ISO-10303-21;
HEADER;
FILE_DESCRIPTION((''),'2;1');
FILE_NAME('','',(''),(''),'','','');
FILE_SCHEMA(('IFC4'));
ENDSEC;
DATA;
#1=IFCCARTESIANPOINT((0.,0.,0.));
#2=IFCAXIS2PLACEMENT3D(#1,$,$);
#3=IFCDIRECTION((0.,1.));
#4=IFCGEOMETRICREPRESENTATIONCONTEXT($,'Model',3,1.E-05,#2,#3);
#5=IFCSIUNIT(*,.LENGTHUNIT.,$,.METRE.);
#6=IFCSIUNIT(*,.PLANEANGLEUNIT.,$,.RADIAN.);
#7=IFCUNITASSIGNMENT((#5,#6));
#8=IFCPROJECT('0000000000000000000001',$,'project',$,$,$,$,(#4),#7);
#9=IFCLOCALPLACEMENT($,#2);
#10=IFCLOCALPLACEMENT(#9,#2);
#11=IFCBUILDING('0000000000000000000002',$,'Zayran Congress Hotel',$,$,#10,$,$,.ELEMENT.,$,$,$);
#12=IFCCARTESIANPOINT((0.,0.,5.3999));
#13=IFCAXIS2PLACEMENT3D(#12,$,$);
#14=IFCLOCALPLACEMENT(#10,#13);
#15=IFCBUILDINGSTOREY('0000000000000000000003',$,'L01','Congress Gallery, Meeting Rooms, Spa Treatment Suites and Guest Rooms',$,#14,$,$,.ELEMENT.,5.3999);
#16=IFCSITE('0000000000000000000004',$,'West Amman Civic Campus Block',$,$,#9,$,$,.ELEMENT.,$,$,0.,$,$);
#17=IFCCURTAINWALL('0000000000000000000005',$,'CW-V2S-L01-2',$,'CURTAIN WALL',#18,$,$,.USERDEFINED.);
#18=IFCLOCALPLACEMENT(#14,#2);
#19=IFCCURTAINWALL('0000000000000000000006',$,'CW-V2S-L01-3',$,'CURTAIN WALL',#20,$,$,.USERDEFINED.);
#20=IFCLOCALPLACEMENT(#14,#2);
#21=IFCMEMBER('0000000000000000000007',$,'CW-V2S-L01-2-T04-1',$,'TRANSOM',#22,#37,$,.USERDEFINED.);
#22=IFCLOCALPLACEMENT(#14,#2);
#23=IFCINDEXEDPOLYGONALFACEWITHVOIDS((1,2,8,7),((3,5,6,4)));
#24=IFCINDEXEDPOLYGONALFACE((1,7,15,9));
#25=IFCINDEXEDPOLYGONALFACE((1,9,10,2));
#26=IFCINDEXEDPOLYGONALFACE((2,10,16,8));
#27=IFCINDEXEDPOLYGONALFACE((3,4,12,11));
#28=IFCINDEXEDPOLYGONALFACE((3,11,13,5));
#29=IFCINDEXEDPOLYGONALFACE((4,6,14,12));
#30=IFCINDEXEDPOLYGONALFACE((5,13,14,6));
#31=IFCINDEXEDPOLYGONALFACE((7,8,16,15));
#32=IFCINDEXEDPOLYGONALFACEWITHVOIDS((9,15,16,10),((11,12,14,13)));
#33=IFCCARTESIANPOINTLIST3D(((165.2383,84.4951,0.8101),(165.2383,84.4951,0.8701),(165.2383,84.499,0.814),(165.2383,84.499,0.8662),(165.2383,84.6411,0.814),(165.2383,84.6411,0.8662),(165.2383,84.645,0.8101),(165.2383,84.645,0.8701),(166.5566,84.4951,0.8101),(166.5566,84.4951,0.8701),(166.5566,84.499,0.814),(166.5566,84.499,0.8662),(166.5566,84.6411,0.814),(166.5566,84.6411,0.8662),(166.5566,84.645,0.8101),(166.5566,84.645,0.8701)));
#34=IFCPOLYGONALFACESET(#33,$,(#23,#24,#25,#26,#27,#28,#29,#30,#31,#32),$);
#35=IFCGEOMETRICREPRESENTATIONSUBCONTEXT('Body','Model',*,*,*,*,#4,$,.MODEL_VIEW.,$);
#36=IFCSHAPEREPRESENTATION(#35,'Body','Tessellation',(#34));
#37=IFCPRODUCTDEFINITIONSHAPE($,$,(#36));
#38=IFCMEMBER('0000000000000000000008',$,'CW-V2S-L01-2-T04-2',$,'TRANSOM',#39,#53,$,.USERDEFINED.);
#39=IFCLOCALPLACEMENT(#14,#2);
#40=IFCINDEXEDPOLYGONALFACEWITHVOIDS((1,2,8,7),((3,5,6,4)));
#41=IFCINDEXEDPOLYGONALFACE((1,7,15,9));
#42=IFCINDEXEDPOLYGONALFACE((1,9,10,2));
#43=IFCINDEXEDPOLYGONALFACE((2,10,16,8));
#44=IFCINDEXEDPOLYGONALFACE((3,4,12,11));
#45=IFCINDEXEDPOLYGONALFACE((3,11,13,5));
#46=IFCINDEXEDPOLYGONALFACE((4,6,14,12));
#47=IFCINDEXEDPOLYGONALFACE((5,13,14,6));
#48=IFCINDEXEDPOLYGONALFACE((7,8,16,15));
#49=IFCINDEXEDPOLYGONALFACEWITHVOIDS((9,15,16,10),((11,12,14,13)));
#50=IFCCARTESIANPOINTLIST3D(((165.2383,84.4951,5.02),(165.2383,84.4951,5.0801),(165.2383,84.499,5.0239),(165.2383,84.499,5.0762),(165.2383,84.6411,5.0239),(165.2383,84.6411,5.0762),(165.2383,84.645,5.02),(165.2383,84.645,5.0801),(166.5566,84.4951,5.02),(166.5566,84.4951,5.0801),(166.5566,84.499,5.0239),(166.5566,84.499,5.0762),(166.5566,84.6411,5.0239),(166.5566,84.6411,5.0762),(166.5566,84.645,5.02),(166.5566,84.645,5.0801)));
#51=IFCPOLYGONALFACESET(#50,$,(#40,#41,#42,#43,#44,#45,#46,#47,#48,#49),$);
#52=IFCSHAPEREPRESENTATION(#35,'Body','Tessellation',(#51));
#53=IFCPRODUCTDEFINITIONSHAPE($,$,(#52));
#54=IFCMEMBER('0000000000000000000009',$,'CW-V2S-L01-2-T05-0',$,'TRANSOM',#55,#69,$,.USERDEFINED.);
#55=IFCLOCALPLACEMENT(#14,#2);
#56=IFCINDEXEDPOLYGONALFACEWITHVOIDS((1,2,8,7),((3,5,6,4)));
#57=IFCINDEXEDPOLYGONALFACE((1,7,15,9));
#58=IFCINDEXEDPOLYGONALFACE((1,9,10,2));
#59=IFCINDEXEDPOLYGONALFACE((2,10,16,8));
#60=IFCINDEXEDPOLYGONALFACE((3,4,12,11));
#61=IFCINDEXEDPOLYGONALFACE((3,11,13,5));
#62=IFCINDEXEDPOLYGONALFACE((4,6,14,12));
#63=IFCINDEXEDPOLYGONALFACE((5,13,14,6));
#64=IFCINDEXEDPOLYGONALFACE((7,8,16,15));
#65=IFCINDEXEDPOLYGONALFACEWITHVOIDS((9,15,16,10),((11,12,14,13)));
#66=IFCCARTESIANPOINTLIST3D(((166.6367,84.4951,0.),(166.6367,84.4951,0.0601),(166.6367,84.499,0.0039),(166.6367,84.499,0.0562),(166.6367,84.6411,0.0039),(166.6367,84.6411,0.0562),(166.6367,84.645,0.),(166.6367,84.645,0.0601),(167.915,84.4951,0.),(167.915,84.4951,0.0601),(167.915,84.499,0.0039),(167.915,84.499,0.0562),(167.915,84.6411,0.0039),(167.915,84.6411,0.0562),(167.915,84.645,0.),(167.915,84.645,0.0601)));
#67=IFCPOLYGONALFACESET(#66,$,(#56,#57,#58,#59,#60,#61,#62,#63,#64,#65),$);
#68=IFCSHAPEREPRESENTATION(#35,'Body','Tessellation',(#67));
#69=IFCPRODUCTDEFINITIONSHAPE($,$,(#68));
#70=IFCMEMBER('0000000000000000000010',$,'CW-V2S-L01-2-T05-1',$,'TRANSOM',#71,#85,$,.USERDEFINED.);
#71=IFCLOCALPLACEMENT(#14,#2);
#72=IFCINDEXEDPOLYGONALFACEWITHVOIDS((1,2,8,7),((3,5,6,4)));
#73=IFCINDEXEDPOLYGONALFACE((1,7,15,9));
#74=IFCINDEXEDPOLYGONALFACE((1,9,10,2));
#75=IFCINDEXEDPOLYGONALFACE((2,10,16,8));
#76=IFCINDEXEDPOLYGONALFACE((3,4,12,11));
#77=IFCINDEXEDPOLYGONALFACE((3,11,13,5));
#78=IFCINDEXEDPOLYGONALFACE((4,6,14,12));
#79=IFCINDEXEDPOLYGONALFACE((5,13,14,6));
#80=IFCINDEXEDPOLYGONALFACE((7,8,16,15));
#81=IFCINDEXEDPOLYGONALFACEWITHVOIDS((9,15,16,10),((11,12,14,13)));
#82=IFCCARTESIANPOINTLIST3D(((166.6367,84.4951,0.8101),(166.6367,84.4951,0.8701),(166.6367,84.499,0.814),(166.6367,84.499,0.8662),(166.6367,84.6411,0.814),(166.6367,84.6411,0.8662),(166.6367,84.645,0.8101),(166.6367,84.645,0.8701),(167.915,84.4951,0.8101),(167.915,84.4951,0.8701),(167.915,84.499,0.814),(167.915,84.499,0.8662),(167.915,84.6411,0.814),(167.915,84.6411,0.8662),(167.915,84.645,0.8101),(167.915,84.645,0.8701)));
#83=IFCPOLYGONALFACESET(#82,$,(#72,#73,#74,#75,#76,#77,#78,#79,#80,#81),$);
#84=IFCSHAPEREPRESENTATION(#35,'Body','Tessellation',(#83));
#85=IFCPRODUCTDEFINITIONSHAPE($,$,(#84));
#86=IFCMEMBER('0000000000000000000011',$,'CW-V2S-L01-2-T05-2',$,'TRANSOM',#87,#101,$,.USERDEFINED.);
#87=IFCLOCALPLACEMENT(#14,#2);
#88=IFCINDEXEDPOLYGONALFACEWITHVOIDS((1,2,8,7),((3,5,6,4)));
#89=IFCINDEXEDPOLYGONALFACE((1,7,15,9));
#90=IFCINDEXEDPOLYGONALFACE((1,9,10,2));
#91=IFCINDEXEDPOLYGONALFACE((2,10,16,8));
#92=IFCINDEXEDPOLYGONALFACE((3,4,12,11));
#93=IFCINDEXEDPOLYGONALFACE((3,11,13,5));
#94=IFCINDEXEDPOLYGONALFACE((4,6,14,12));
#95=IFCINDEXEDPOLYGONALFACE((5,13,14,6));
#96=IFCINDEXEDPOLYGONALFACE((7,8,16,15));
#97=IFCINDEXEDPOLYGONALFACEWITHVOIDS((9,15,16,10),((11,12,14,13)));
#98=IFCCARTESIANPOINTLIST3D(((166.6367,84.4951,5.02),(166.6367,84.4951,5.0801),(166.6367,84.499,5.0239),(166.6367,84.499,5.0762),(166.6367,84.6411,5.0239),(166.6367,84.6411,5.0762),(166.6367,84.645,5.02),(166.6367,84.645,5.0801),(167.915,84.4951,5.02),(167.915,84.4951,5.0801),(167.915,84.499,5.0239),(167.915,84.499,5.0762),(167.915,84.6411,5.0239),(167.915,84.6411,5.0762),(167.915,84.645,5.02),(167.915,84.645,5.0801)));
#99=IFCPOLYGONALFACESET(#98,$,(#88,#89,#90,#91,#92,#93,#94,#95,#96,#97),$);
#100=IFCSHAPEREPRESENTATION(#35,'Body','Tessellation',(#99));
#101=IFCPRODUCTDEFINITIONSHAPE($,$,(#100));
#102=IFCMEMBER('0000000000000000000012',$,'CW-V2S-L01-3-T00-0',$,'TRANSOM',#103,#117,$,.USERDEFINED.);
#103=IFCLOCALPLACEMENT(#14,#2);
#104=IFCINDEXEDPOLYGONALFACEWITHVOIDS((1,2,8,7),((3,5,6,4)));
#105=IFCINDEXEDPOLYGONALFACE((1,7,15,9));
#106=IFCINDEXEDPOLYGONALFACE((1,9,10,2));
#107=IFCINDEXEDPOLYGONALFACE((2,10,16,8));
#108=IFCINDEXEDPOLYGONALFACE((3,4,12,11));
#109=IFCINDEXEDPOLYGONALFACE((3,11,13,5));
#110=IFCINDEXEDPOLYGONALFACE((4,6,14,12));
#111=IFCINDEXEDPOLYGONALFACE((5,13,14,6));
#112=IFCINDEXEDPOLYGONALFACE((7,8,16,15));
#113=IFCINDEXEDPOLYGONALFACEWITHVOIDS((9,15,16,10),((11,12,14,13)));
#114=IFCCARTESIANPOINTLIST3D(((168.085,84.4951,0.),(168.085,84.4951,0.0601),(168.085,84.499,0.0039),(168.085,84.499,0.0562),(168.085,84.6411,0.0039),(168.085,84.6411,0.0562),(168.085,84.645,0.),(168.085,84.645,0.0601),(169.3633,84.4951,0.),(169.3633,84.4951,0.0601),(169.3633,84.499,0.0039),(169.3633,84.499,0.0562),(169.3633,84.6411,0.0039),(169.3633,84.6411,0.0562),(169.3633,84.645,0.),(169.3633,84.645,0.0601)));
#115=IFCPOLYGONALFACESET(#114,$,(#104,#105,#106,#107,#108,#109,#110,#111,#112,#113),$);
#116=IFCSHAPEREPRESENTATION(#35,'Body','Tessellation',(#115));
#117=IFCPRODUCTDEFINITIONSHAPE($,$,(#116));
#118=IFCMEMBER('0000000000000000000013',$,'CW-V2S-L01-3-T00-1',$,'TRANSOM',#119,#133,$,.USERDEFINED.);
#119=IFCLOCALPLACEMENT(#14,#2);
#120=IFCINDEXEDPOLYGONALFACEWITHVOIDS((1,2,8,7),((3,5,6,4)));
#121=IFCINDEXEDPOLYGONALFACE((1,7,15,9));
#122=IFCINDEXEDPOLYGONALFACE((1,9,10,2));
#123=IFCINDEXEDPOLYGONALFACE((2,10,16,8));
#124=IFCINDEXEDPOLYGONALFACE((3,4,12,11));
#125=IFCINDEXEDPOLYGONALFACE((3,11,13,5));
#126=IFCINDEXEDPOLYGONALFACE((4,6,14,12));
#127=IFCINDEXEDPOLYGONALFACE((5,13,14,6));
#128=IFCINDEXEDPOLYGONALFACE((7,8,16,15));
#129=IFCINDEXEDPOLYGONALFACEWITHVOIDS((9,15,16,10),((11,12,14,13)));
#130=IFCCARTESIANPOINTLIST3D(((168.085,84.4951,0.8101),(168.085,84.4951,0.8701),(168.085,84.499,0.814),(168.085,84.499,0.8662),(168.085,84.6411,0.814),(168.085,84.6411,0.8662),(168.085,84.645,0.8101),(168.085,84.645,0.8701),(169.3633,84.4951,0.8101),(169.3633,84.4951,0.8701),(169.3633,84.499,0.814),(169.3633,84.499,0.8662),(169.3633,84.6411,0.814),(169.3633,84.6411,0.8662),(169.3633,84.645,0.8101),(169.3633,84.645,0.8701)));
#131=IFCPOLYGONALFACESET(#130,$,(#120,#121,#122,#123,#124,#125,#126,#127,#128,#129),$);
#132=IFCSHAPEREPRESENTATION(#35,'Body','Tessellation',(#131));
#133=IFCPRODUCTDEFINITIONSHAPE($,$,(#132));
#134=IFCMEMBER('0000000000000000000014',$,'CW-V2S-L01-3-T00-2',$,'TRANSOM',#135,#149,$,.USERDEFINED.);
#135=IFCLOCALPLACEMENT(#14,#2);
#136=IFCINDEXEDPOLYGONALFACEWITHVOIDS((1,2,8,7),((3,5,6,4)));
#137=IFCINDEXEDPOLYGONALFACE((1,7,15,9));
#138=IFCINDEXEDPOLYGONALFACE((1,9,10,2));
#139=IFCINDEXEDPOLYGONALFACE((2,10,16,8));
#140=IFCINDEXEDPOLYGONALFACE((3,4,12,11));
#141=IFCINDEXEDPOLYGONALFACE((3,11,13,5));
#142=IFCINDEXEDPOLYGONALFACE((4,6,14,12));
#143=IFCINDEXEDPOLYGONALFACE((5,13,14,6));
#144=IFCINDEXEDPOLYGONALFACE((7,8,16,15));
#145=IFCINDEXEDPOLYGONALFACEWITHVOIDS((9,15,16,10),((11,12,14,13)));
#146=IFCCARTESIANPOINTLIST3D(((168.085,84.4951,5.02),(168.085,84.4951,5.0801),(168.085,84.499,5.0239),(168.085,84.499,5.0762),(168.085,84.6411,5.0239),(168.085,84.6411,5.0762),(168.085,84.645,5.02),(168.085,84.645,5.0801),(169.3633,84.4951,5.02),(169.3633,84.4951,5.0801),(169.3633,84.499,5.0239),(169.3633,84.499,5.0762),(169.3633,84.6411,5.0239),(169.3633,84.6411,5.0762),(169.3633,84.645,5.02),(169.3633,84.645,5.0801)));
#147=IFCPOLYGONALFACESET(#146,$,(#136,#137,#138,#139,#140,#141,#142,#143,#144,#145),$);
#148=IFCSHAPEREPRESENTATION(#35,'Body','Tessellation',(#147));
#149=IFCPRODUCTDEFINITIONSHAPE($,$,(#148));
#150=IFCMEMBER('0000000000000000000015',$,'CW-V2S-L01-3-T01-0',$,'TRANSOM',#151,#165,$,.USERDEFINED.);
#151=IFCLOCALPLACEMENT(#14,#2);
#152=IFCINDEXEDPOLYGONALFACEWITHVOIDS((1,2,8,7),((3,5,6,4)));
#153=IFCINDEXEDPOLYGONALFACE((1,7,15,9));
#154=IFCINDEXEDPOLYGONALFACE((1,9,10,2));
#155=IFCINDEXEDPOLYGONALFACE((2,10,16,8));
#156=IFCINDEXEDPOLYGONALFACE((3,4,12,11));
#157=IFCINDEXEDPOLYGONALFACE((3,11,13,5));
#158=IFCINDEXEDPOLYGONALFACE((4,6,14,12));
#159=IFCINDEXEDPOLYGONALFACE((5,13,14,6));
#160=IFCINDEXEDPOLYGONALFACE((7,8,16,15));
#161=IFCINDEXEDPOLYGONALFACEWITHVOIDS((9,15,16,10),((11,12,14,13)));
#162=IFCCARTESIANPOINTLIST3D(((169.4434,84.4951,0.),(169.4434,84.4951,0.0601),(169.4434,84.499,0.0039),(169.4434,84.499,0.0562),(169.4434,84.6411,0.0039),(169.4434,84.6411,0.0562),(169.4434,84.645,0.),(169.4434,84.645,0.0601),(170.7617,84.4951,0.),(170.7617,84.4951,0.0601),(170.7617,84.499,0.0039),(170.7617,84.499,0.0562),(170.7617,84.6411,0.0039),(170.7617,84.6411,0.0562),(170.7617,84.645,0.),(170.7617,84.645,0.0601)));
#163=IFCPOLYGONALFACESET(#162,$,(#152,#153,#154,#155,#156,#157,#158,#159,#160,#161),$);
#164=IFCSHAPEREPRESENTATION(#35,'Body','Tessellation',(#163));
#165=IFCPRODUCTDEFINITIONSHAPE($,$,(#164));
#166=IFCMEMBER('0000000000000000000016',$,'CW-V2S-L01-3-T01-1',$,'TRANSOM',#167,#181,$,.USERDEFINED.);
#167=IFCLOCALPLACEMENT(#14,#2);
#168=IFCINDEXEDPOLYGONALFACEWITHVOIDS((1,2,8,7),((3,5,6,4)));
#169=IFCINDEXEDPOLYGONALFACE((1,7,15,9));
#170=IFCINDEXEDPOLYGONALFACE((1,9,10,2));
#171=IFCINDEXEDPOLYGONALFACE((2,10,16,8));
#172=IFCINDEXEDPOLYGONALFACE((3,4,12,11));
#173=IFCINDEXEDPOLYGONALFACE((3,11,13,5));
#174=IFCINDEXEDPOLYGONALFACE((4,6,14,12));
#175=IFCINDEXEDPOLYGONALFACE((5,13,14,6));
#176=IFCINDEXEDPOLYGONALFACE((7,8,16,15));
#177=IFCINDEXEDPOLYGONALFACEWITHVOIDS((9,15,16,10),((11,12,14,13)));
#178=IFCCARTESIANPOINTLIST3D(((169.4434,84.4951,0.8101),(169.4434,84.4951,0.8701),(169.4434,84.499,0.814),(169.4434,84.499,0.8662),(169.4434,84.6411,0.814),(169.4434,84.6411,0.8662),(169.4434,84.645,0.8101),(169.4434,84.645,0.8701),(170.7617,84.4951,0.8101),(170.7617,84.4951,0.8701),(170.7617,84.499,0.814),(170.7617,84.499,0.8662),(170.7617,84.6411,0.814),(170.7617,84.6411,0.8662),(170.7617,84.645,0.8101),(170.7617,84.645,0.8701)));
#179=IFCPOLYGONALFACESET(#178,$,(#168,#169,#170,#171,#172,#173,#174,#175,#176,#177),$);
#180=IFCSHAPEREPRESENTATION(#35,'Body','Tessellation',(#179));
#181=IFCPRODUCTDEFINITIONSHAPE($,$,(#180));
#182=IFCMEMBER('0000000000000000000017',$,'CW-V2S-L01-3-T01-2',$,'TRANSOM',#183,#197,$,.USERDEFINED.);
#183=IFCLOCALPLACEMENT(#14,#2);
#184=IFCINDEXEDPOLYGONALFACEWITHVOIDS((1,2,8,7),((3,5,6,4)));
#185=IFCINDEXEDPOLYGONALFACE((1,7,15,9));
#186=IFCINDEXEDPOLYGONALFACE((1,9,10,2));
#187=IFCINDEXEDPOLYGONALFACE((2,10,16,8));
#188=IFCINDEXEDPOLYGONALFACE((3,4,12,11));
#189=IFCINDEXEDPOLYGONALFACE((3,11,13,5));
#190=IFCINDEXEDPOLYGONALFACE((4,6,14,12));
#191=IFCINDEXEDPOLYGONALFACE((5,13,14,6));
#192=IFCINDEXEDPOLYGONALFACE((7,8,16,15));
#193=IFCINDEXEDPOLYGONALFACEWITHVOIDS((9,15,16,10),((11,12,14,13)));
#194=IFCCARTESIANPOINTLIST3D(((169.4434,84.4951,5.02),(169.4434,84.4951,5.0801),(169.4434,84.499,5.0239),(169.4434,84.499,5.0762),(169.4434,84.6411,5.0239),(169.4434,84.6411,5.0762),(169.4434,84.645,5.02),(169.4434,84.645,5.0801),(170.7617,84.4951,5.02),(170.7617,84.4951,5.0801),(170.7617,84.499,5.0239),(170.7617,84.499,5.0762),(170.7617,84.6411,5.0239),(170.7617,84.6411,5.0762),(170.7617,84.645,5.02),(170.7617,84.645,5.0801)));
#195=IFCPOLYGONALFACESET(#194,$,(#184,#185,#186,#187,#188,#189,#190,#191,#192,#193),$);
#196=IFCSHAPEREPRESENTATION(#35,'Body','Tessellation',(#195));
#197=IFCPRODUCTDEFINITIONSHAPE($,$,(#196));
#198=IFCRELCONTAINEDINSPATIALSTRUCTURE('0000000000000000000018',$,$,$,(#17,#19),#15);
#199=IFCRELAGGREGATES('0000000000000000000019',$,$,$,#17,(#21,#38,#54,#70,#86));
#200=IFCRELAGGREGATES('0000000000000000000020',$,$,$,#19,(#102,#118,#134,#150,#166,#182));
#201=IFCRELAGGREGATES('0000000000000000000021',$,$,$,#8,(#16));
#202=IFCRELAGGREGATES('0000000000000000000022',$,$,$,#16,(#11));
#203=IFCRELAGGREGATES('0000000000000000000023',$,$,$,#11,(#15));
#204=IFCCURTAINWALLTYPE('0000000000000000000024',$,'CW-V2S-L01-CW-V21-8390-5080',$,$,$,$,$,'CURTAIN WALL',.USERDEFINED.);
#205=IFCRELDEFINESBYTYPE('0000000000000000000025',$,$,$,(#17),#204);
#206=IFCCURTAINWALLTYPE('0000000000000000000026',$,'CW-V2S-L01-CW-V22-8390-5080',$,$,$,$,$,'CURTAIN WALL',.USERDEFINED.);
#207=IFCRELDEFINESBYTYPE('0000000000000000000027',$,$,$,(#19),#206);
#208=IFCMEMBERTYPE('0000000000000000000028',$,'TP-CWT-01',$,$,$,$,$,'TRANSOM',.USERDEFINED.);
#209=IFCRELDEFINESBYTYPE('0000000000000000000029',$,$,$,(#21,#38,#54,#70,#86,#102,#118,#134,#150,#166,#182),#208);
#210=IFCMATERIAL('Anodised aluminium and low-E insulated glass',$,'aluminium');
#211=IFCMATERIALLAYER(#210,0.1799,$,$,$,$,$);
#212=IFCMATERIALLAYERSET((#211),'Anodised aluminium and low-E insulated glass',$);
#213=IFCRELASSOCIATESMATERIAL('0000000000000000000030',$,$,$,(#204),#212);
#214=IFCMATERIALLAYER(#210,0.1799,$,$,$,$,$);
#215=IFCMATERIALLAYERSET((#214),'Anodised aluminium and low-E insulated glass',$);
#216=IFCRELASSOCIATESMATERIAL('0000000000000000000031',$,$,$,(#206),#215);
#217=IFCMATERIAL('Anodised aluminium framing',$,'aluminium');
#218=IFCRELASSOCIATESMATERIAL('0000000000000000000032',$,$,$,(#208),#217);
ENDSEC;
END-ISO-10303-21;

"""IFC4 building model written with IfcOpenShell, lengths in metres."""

from ifc_helpers import new_model, si_unit, direction, frame, origin, origin_2d, place, context, subcontext, project, spatial, hollow_rectangle, extrude, material, layer, layer_set, material_profile, profile_set, type_object, element, aggregate, save


model = new_model("IFC4")

# Units and contexts
model_context = context("Model", 3, precision=1e-05, world=origin(), true_north=direction((0.0, 1.0)))
body_context = subcontext(model_context, "Body", "Model", "MODEL_VIEW")
ifc_project = project(units=[si_unit("LENGTHUNIT", "METRE"), si_unit("PLANEANGLEUNIT", "RADIAN")], contexts=[model_context])

# Site, building, storey
site_placement = place(None, origin())
site = spatial("IfcSite", under=ifc_project, at=site_placement, Name="West Amman Civic Campus Block", CompositionType="ELEMENT", RefElevation=0.0)
building_placement = place(site_placement, origin())
building = spatial("IfcBuilding", under=site, at=building_placement, Name="Zayran Congress Hotel", CompositionType="ELEMENT")
storey_placement = place(building_placement, frame((0.0, 0.0, 5.3999)))
storey = spatial("IfcBuildingStorey", under=building, at=storey_placement, Name="L01", Description="Congress Gallery, Meeting Rooms, Spa Treatment Suites and Guest Rooms", CompositionType="ELEMENT", Elevation=5.3999)

# Curtain walls
ifc_material_1 = material(Name="Anodised aluminium and low-E insulated glass", Category="aluminium")
ifc_layer_1 = layer(ifc_material_1, 0.1799)
ifc_layer_set_1 = layer_set([ifc_layer_1], Name="Anodised aluminium and low-E insulated glass")
curtain_wall_type_1 = type_object("IfcCurtainWallType", Name="CW-V2S-L01-CW-V21-8390-5080", ElementType="CURTAIN WALL", PredefinedType="USERDEFINED", material=ifc_layer_set_1)
curtain_wall_1_placement = place(storey_placement, origin())
curtain_wall_1 = element("IfcCurtainWall", 1, at=curtain_wall_1_placement, inside=storey, type_object=curtain_wall_type_1, Name="CW-V2S-L01-2", ObjectType="CURTAIN WALL", PredefinedType="USERDEFINED")
ifc_material_2 = material(Name="Anodised aluminium framing", Category="aluminium")
ifc_layer_2 = layer(ifc_material_1, 0.1799)
ifc_layer_set_2 = layer_set([ifc_layer_2], Name="Anodised aluminium and low-E insulated glass")
curtain_wall_type_2 = type_object("IfcCurtainWallType", Name="CW-V2S-L01-CW-V22-8390-5080", ElementType="CURTAIN WALL", PredefinedType="USERDEFINED", material=ifc_layer_set_2)
curtain_wall_2_placement = place(storey_placement, origin())
curtain_wall_2 = element("IfcCurtainWall", 2, at=curtain_wall_2_placement, inside=storey, type_object=curtain_wall_type_2, Name="CW-V2S-L01-3", ObjectType="CURTAIN WALL", PredefinedType="USERDEFINED")

# Members
ifc_material_profile_1 = material_profile(ifc_material_2, hollow_rectangle(XDim=0.0601, YDim=0.1499, WallThickness=0.0039, at=origin_2d()), Name="RHS 150x60x4")
ifc_profile_set_1 = profile_set([ifc_material_profile_1], Name="Anodised aluminium framing")
member_type_1 = type_object("IfcMemberType", Name="TP-CWT-01", ElementType="TRANSOM", PredefinedType="USERDEFINED", material=ifc_profile_set_1)
member_1_placement = place(storey_placement, frame((165.2383, 84.5701, 0.8401), z_axis=(1.0, 0.0, 0.0), x_axis=(0.0, 0.0, 1.0)))
member_1 = element("IfcMember", 3, at=member_1_placement, type_object=member_type_1, Name="CW-V2S-L01-2-T04-1", ObjectType="TRANSOM", PredefinedType="USERDEFINED", context=body_context, shape_type="SweptSolid", body=[
    extrude(hollow_rectangle(XDim=0.0601, YDim=0.1499, WallThickness=0.0039, at=origin_2d()), origin(), (0.0, 0.0, 1.0), 1.3184),
])
member_2_placement = place(storey_placement, frame((165.2383, 84.5701, 5.05), z_axis=(1.0, 0.0, 0.0), x_axis=(0.0, 0.0, 1.0)))
member_2 = element("IfcMember", 4, at=member_2_placement, type_object=member_type_1, Name="CW-V2S-L01-2-T04-2", ObjectType="TRANSOM", PredefinedType="USERDEFINED", context=body_context, shape_type="SweptSolid", body=[
    extrude(hollow_rectangle(XDim=0.0601, YDim=0.1499, WallThickness=0.0039, at=origin_2d()), origin(), (0.0, 0.0, 1.0), 1.3184),
])
member_3_placement = place(storey_placement, frame((166.6367, 84.5701, 0.03), z_axis=(1.0, 0.0, 0.0), x_axis=(0.0, 0.0, 1.0)))
member_3 = element("IfcMember", 5, at=member_3_placement, type_object=member_type_1, Name="CW-V2S-L01-2-T05-0", ObjectType="TRANSOM", PredefinedType="USERDEFINED", context=body_context, shape_type="SweptSolid", body=[
    extrude(hollow_rectangle(XDim=0.0601, YDim=0.1499, WallThickness=0.0039, at=origin_2d()), origin(), (0.0, 0.0, 1.0), 1.2783),
])
member_4_placement = place(storey_placement, frame((166.6367, 84.5701, 0.8401), z_axis=(1.0, 0.0, 0.0), x_axis=(0.0, 0.0, 1.0)))
member_4 = element("IfcMember", 6, at=member_4_placement, type_object=member_type_1, Name="CW-V2S-L01-2-T05-1", ObjectType="TRANSOM", PredefinedType="USERDEFINED", context=body_context, shape_type="SweptSolid", body=[
    extrude(hollow_rectangle(XDim=0.0601, YDim=0.1499, WallThickness=0.0039, at=origin_2d()), origin(), (0.0, 0.0, 1.0), 1.2783),
])
member_5_placement = place(storey_placement, frame((166.6367, 84.5701, 5.05), z_axis=(1.0, 0.0, 0.0), x_axis=(0.0, 0.0, 1.0)))
member_5 = element("IfcMember", 7, at=member_5_placement, type_object=member_type_1, Name="CW-V2S-L01-2-T05-2", ObjectType="TRANSOM", PredefinedType="USERDEFINED", context=body_context, shape_type="SweptSolid", body=[
    extrude(hollow_rectangle(XDim=0.0601, YDim=0.1499, WallThickness=0.0039, at=origin_2d()), origin(), (0.0, 0.0, 1.0), 1.2783),
])
member_6_placement = place(storey_placement, frame((168.085, 84.5701, 0.03), z_axis=(1.0, 0.0, 0.0), x_axis=(0.0, 0.0, 1.0)))
member_6 = element("IfcMember", 8, at=member_6_placement, type_object=member_type_1, Name="CW-V2S-L01-3-T00-0", ObjectType="TRANSOM", PredefinedType="USERDEFINED", context=body_context, shape_type="SweptSolid", body=[
    extrude(hollow_rectangle(XDim=0.0601, YDim=0.1499, WallThickness=0.0039, at=origin_2d()), origin(), (0.0, 0.0, 1.0), 1.2783),
])
member_7_placement = place(storey_placement, frame((168.085, 84.5701, 0.8401), z_axis=(1.0, 0.0, 0.0), x_axis=(0.0, 0.0, 1.0)))
member_7 = element("IfcMember", 9, at=member_7_placement, type_object=member_type_1, Name="CW-V2S-L01-3-T00-1", ObjectType="TRANSOM", PredefinedType="USERDEFINED", context=body_context, shape_type="SweptSolid", body=[
    extrude(hollow_rectangle(XDim=0.0601, YDim=0.1499, WallThickness=0.0039, at=origin_2d()), origin(), (0.0, 0.0, 1.0), 1.2783),
])
member_8_placement = place(storey_placement, frame((168.085, 84.5701, 5.05), z_axis=(1.0, 0.0, 0.0), x_axis=(0.0, 0.0, 1.0)))
member_8 = element("IfcMember", 10, at=member_8_placement, type_object=member_type_1, Name="CW-V2S-L01-3-T00-2", ObjectType="TRANSOM", PredefinedType="USERDEFINED", context=body_context, shape_type="SweptSolid", body=[
    extrude(hollow_rectangle(XDim=0.0601, YDim=0.1499, WallThickness=0.0039, at=origin_2d()), origin(), (0.0, 0.0, 1.0), 1.2783),
])
member_9_placement = place(storey_placement, frame((169.4434, 84.5701, 0.03), z_axis=(1.0, 0.0, 0.0), x_axis=(0.0, 0.0, 1.0)))
member_9 = element("IfcMember", 11, at=member_9_placement, type_object=member_type_1, Name="CW-V2S-L01-3-T01-0", ObjectType="TRANSOM", PredefinedType="USERDEFINED", context=body_context, shape_type="SweptSolid", body=[
    extrude(hollow_rectangle(XDim=0.0601, YDim=0.1499, WallThickness=0.0039, at=origin_2d()), origin(), (0.0, 0.0, 1.0), 1.3184),
])
member_10_placement = place(storey_placement, frame((169.4434, 84.5701, 0.8401), z_axis=(1.0, 0.0, 0.0), x_axis=(0.0, 0.0, 1.0)))
member_10 = element("IfcMember", 12, at=member_10_placement, type_object=member_type_1, Name="CW-V2S-L01-3-T01-1", ObjectType="TRANSOM", PredefinedType="USERDEFINED", context=body_context, shape_type="SweptSolid", body=[
    extrude(hollow_rectangle(XDim=0.0601, YDim=0.1499, WallThickness=0.0039, at=origin_2d()), origin(), (0.0, 0.0, 1.0), 1.3184),
])
member_11_placement = place(storey_placement, frame((169.4434, 84.5701, 5.05), z_axis=(1.0, 0.0, 0.0), x_axis=(0.0, 0.0, 1.0)))
member_11 = element("IfcMember", 13, at=member_11_placement, type_object=member_type_1, Name="CW-V2S-L01-3-T01-2", ObjectType="TRANSOM", PredefinedType="USERDEFINED", context=body_context, shape_type="SweptSolid", body=[
    extrude(hollow_rectangle(XDim=0.0601, YDim=0.1499, WallThickness=0.0039, at=origin_2d()), origin(), (0.0, 0.0, 1.0), 1.3184),
])

aggregate(curtain_wall_1, [member_1, member_2, member_3, member_4, member_5])
aggregate(curtain_wall_2, [member_6, member_7, member_8, member_9, member_10, member_11])

save(model, "model.ifc")
